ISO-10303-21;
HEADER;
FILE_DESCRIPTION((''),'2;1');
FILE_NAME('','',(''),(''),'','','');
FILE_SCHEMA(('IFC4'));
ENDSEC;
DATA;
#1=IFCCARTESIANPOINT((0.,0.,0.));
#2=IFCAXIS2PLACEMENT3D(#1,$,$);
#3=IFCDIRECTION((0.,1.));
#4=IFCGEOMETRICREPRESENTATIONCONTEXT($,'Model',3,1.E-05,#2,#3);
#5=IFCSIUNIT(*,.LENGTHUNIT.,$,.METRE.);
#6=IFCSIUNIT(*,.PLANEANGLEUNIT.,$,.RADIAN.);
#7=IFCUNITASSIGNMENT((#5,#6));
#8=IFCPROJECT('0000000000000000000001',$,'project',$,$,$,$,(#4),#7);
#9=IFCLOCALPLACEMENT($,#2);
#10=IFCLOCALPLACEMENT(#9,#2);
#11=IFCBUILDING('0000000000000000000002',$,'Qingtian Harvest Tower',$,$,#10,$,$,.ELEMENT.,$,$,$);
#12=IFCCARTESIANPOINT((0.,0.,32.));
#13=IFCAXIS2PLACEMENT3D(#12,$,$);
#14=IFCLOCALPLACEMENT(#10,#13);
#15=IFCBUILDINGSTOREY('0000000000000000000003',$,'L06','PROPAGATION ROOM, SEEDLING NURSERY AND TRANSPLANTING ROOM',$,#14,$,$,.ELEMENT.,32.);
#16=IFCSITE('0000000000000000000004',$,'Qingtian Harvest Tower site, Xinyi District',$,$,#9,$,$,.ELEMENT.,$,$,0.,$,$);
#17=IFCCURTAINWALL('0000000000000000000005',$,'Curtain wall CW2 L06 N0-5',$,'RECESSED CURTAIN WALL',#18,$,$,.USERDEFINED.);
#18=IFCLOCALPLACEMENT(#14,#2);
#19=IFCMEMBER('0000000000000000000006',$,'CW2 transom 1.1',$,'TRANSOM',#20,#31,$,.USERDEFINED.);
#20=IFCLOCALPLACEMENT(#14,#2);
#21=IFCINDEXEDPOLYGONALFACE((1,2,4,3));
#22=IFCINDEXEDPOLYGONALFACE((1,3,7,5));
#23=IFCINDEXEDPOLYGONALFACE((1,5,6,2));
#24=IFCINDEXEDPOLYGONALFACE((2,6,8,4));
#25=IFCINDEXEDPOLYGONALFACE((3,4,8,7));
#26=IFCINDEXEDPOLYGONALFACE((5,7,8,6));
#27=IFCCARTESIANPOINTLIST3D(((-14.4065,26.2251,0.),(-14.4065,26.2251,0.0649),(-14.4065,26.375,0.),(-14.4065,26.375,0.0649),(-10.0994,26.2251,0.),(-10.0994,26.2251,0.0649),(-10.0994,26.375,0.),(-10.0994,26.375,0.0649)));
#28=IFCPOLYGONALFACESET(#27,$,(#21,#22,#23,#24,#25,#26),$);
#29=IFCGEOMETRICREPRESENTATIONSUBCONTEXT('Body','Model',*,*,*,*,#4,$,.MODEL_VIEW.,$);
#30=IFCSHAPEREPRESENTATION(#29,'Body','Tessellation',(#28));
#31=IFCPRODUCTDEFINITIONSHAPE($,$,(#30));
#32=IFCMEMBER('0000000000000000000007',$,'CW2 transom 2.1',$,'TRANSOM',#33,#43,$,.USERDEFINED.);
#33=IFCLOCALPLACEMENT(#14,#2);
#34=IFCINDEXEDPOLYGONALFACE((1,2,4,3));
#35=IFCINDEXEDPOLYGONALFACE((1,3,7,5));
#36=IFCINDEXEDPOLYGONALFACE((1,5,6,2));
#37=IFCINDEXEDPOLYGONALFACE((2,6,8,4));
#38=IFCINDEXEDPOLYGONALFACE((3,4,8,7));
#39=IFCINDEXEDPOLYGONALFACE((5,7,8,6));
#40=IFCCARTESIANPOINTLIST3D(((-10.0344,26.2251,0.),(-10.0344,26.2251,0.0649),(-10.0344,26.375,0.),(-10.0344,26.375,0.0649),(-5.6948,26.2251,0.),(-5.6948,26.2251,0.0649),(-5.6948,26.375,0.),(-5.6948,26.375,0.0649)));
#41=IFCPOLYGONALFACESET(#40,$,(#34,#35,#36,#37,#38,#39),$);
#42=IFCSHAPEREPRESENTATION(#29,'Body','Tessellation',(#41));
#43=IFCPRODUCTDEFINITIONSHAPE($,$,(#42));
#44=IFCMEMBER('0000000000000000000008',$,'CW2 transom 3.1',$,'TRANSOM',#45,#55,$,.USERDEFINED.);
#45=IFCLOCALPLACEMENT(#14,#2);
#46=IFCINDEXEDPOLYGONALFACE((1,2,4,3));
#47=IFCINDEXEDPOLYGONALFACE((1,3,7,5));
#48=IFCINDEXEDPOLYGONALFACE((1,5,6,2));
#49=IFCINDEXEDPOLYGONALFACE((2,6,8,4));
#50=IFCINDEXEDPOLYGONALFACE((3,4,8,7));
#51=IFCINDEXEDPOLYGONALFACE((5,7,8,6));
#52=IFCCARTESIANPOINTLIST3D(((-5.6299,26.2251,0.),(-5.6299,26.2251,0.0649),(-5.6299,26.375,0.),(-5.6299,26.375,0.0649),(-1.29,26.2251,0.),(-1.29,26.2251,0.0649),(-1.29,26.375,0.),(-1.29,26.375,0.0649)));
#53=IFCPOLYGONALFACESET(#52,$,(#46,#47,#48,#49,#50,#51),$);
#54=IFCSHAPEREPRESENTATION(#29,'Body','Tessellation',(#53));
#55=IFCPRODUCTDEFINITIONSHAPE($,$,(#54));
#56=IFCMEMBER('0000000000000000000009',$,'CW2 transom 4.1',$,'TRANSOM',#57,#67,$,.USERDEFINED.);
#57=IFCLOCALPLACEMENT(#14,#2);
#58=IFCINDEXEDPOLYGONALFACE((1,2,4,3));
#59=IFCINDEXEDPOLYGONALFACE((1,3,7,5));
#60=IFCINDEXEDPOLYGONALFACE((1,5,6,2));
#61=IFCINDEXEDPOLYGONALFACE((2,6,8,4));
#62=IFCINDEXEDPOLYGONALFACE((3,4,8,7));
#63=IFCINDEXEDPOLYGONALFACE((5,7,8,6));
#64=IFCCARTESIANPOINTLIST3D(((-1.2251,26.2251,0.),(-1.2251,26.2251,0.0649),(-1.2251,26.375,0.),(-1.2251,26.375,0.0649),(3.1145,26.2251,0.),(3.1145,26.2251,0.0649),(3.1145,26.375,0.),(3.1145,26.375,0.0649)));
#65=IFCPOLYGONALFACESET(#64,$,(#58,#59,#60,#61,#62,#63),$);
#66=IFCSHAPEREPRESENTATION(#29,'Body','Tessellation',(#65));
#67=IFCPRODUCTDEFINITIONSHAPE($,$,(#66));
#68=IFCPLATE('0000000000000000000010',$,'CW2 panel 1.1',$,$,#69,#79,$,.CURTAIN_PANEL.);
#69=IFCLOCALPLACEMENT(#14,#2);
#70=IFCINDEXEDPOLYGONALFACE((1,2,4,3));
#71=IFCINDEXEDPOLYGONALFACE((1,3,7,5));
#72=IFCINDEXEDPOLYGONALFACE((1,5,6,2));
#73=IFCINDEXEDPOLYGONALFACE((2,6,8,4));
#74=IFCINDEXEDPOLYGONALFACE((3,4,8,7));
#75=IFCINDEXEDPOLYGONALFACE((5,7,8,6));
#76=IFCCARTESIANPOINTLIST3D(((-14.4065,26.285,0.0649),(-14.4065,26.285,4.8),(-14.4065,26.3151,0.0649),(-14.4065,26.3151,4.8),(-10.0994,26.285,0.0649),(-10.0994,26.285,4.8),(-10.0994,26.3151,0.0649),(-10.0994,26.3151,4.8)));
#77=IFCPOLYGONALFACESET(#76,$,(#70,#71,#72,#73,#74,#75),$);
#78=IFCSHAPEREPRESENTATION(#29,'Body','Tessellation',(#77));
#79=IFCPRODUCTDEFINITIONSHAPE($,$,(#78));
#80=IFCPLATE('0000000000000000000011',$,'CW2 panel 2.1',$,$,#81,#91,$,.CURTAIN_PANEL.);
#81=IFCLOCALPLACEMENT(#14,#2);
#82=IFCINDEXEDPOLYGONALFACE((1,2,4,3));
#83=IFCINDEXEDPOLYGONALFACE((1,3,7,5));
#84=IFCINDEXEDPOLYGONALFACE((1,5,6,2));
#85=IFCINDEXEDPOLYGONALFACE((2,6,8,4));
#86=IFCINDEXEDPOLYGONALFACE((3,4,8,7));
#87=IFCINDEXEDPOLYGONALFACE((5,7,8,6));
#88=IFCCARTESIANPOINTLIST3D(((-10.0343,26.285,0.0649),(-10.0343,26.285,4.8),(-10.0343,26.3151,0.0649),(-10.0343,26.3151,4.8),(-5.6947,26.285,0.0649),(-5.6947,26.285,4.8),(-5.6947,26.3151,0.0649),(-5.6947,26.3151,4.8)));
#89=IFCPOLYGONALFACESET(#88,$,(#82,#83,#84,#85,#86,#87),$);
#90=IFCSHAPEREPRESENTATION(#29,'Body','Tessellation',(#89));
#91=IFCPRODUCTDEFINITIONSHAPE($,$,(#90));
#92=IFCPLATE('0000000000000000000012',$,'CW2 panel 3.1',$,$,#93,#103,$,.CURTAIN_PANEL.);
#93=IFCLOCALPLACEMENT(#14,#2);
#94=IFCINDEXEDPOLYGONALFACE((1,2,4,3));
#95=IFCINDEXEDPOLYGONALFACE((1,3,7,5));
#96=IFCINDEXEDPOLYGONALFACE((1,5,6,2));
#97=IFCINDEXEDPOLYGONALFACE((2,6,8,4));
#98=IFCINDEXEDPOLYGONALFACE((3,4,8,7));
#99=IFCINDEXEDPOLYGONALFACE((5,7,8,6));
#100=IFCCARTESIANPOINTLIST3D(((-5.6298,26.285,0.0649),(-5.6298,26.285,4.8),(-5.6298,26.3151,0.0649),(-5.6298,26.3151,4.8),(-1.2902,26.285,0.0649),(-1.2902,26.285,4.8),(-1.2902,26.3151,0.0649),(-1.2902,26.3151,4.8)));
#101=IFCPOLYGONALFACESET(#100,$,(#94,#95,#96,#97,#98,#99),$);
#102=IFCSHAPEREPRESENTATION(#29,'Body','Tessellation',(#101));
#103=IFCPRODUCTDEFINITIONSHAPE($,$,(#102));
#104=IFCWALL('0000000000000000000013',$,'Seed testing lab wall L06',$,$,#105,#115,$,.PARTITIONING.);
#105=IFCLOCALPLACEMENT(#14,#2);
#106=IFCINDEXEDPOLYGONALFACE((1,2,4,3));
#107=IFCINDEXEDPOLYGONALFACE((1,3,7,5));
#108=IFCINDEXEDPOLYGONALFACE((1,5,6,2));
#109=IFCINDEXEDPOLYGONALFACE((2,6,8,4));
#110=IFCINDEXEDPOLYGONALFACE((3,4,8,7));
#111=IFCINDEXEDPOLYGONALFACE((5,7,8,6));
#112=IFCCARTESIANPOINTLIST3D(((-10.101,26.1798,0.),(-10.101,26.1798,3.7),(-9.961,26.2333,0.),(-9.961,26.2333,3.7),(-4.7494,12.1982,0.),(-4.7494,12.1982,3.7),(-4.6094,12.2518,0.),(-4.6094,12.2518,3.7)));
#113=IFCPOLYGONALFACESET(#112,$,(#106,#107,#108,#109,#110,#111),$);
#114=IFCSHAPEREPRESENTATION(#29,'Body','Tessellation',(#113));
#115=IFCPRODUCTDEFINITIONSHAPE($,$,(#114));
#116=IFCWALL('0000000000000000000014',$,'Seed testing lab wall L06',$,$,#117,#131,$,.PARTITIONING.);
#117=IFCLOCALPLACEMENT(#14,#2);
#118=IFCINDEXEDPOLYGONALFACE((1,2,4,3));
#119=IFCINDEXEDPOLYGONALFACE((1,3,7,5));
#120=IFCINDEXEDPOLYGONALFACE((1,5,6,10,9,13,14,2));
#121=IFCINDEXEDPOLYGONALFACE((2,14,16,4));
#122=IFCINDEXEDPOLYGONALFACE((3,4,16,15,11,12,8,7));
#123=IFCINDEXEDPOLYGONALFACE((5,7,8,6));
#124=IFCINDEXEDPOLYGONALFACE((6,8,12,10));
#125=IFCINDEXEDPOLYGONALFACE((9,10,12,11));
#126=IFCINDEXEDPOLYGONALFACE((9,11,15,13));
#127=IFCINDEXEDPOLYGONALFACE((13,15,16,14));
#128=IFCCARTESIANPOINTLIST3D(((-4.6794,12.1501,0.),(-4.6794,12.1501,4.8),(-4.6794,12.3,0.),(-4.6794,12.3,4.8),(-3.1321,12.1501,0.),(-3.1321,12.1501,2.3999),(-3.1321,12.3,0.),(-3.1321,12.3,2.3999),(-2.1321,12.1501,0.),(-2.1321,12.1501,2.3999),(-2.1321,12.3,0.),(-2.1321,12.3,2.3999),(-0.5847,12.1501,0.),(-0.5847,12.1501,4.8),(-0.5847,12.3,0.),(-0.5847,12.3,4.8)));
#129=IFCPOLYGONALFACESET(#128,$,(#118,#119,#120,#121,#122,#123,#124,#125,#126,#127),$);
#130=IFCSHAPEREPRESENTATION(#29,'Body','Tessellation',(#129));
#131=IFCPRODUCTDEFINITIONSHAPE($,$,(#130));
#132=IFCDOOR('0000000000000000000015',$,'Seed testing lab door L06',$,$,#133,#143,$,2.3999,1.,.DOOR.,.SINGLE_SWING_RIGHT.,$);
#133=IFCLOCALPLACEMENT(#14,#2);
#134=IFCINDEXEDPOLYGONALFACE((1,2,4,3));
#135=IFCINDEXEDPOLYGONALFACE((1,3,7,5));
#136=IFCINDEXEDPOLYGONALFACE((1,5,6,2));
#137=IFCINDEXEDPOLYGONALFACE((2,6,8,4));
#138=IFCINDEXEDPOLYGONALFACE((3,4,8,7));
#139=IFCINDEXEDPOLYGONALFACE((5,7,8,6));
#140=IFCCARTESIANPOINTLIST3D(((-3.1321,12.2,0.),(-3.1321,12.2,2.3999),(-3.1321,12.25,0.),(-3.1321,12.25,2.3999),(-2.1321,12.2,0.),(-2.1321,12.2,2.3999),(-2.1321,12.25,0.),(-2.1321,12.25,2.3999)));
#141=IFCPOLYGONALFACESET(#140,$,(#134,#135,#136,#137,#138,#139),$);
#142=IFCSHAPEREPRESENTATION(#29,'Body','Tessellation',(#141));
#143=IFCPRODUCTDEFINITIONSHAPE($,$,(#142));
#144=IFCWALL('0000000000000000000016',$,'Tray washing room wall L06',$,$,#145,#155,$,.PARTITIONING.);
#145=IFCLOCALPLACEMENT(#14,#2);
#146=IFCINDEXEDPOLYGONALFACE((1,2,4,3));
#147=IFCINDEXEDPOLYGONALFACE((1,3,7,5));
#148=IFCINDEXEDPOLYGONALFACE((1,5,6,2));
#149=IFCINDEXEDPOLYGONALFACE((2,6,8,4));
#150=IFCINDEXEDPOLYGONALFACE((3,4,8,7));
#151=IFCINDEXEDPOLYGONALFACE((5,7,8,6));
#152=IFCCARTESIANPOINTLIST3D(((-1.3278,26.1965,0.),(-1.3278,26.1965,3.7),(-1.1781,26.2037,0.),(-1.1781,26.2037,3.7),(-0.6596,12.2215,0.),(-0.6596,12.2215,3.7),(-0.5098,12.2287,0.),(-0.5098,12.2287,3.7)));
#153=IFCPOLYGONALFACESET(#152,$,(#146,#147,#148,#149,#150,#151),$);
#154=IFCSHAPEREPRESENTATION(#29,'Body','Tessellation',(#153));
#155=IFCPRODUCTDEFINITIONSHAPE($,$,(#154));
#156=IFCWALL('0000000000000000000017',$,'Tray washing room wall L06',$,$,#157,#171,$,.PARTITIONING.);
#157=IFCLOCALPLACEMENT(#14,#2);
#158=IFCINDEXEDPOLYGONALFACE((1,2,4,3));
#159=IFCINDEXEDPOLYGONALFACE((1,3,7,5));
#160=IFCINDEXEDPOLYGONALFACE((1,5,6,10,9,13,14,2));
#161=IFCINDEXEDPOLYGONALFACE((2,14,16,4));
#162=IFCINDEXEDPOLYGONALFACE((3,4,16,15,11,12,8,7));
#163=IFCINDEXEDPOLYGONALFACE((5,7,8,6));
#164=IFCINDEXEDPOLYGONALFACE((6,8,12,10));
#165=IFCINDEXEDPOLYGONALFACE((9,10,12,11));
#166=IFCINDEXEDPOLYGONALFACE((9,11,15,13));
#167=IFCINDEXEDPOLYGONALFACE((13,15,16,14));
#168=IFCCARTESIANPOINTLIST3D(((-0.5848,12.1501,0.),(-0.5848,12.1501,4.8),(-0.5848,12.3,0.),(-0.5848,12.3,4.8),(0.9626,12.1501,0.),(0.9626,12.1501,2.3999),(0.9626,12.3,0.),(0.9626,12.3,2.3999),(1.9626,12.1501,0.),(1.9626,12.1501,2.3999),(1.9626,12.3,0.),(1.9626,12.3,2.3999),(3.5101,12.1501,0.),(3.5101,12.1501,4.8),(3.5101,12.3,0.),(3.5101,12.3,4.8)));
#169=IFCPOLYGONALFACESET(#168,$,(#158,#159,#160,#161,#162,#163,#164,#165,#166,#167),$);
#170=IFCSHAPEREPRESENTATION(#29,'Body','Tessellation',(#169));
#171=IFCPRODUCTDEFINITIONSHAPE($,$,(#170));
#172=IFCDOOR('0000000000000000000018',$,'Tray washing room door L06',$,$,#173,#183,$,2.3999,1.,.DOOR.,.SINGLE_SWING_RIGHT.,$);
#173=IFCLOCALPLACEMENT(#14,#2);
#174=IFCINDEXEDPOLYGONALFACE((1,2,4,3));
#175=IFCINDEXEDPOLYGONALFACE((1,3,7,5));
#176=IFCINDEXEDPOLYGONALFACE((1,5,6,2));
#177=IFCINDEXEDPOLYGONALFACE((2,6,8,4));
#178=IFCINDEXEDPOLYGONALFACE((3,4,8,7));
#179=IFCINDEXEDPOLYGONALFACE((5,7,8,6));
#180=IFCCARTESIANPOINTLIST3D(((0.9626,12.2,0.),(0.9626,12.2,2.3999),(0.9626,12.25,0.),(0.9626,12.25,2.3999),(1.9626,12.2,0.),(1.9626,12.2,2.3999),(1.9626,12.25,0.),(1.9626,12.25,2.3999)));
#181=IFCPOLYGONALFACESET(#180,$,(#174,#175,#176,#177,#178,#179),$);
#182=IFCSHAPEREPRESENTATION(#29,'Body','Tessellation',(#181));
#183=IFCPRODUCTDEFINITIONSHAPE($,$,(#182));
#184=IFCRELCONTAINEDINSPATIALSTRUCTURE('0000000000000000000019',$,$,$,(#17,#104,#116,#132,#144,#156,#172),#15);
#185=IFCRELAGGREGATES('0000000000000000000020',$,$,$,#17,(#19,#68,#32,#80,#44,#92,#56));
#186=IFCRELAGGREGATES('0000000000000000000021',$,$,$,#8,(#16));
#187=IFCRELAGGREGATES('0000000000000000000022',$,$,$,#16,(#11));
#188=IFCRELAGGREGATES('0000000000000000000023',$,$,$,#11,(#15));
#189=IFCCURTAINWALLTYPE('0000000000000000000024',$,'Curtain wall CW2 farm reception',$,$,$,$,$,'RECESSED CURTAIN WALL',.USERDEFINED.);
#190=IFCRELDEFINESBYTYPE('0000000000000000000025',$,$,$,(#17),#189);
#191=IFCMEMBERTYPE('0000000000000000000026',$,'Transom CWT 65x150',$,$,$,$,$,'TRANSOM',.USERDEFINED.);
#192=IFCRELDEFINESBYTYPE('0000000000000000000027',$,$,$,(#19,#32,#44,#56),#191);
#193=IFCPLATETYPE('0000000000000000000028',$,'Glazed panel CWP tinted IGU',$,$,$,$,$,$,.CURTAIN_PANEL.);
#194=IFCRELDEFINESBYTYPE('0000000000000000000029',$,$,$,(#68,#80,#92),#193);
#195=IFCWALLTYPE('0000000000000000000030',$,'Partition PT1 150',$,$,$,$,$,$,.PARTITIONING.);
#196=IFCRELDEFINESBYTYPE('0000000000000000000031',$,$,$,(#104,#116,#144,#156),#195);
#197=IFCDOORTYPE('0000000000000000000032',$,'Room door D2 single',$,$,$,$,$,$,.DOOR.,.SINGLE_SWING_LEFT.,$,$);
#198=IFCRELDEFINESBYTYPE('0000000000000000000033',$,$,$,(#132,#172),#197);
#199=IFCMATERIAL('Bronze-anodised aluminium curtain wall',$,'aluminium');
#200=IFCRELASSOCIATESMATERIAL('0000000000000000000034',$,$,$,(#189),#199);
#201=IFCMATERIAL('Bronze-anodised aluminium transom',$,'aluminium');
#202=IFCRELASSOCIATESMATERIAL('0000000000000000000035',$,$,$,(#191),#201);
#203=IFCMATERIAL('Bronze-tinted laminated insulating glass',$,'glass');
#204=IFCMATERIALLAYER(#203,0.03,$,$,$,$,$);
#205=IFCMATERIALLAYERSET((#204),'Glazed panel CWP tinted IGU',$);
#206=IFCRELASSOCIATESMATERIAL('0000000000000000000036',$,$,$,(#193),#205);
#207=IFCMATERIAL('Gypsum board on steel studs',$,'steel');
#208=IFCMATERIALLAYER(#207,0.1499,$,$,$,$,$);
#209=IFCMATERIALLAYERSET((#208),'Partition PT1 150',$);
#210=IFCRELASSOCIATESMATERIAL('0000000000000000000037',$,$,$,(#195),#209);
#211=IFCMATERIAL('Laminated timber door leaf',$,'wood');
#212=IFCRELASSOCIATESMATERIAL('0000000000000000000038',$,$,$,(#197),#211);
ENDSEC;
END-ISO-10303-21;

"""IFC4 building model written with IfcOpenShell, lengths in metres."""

from ifc_helpers import new_model, si_unit, direction, frame, frame_2d, origin, origin_2d, place, context, subcontext, project, spatial, rectangle, extrude, material, layer, layer_set, material_profile, profile_set, type_object, element, fill, aggregate, save


model = new_model("IFC4")

# Units and contexts
model_context = context("Model", 3, precision=1e-05, world=origin(), true_north=direction((0.0, 1.0)))
body_context = subcontext(model_context, "Body", "Model", "MODEL_VIEW")
ifc_project = project(units=[si_unit("LENGTHUNIT", "METRE"), si_unit("PLANEANGLEUNIT", "RADIAN")], contexts=[model_context])

# Site, building, storey
site_placement = place(None, origin())
site = spatial("IfcSite", under=ifc_project, at=site_placement, Name="Qingtian Harvest Tower site, Xinyi District", CompositionType="ELEMENT", RefElevation=0.0)
building_placement = place(site_placement, origin())
building = spatial("IfcBuilding", under=site, at=building_placement, Name="Qingtian Harvest Tower", CompositionType="ELEMENT")
storey_placement = place(building_placement, frame((0.0, 0.0, 32.0)))
storey = spatial("IfcBuildingStorey", under=building, at=storey_placement, Name="L06", Description="PROPAGATION ROOM, SEEDLING NURSERY AND TRANSPLANTING ROOM", CompositionType="ELEMENT", Elevation=32.0)

# Curtain wall
ifc_material_1 = material(Name="Bronze-anodised aluminium curtain wall", Category="aluminium")
curtain_wall_type = type_object("IfcCurtainWallType", Name="Curtain wall CW2 farm reception", ElementType="RECESSED CURTAIN WALL", PredefinedType="USERDEFINED", material=ifc_material_1)
curtain_wall_placement = place(storey_placement, origin())
curtain_wall = element("IfcCurtainWall", 1, at=curtain_wall_placement, inside=storey, type_object=curtain_wall_type, Name="Curtain wall CW2 L06 N0-5", ObjectType="RECESSED CURTAIN WALL", PredefinedType="USERDEFINED")

# Members
ifc_material_2 = material(Name="Bronze-anodised aluminium transom", Category="aluminium")
ifc_material_profile_1 = material_profile(ifc_material_2, rectangle(XDim=0.1499, YDim=0.0649, at=origin_2d()), Name="AL 65x150")
ifc_profile_set_1 = profile_set([ifc_material_profile_1], Name="Bronze-anodised aluminium transom")
member_type_1 = type_object("IfcMemberType", Name="Transom CWT 65x150", ElementType="TRANSOM", PredefinedType="USERDEFINED", material=ifc_profile_set_1)
member_1_placement = place(storey_placement, frame((-14.4065, 26.3, 0.0325), z_axis=(1.0, 0.0, 0.0), x_axis=(0.0, 1.0, 0.0)))
member_1 = element("IfcMember", 2, at=member_1_placement, type_object=member_type_1, Name="CW2 transom 1.1", ObjectType="TRANSOM", PredefinedType="USERDEFINED", context=body_context, shape_type="SweptSolid", body=[
    extrude(rectangle(XDim=0.1499, YDim=0.0649, at=origin_2d()), origin(), (0.0, 0.0, 1.0), 4.3071),
])
member_2_placement = place(storey_placement, frame((-10.0344, 26.3, 0.0325), z_axis=(1.0, 0.0, 0.0), x_axis=(0.0, 1.0, 0.0)))
member_2 = element("IfcMember", 3, at=member_2_placement, type_object=member_type_1, Name="CW2 transom 2.1", ObjectType="TRANSOM", PredefinedType="USERDEFINED", context=body_context, shape_type="SweptSolid", body=[
    extrude(rectangle(XDim=0.1499, YDim=0.0649, at=origin_2d()), origin(), (0.0, 0.0, 1.0), 4.3396),
])
member_3_placement = place(storey_placement, frame((-5.6299, 26.3, 0.0325), z_axis=(1.0, 0.0, 0.0), x_axis=(0.0, 1.0, 0.0)))
member_3 = element("IfcMember", 4, at=member_3_placement, type_object=member_type_1, Name="CW2 transom 3.1", ObjectType="TRANSOM", PredefinedType="USERDEFINED", context=body_context, shape_type="SweptSolid", body=[
    extrude(rectangle(XDim=0.1499, YDim=0.0649, at=origin_2d()), origin(), (0.0, 0.0, 1.0), 4.3398),
])
member_4_placement = place(storey_placement, frame((-1.2251, 26.3, 0.0325), z_axis=(1.0, 0.0, 0.0), x_axis=(0.0, 1.0, 0.0)))
member_4 = element("IfcMember", 5, at=member_4_placement, type_object=member_type_1, Name="CW2 transom 4.1", ObjectType="TRANSOM", PredefinedType="USERDEFINED", context=body_context, shape_type="SweptSolid", body=[
    extrude(rectangle(XDim=0.1499, YDim=0.0649, at=origin_2d()), origin(), (0.0, 0.0, 1.0), 4.3396),
])

# Plates
ifc_material_3 = material(Name="Bronze-tinted laminated insulating glass", Category="glass")
ifc_layer_1 = layer(ifc_material_3, 0.03)
ifc_layer_set_1 = layer_set([ifc_layer_1], Name="Glazed panel CWP tinted IGU")
plate_type = type_object("IfcPlateType", Name="Glazed panel CWP tinted IGU", PredefinedType="CURTAIN_PANEL", material=ifc_layer_set_1)
plate_1_placement = place(storey_placement, frame((-12.2529, 26.3, 0.0649), z_axis=(0.0, 0.0, 1.0), x_axis=(1.0, 0.0, 0.0)))
plate_1 = element("IfcPlate", 6, at=plate_1_placement, type_object=plate_type, Name="CW2 panel 1.1", PredefinedType="CURTAIN_PANEL", context=body_context, shape_type="SweptSolid", body=[
    extrude(rectangle(XDim=4.3071, YDim=0.03, at=origin_2d()), origin(), (0.0, 0.0, 1.0), 4.7351),
])
plate_2_placement = place(storey_placement, frame((-7.8645, 26.3, 0.0649), z_axis=(0.0, 0.0, 1.0), x_axis=(1.0, 0.0, 0.0)))
plate_2 = element("IfcPlate", 7, at=plate_2_placement, type_object=plate_type, Name="CW2 panel 2.1", PredefinedType="CURTAIN_PANEL", context=body_context, shape_type="SweptSolid", body=[
    extrude(rectangle(XDim=4.3396, YDim=0.03, at=origin_2d()), origin(), (0.0, 0.0, 1.0), 4.7351),
])
plate_3_placement = place(storey_placement, frame((-3.46, 26.3, 0.0649), z_axis=(0.0, 0.0, 1.0), x_axis=(1.0, 0.0, 0.0)))
plate_3 = element("IfcPlate", 8, at=plate_3_placement, type_object=plate_type, Name="CW2 panel 3.1", PredefinedType="CURTAIN_PANEL", context=body_context, shape_type="SweptSolid", body=[
    extrude(rectangle(XDim=4.3396, YDim=0.03, at=origin_2d()), origin(), (0.0, 0.0, 1.0), 4.7351),
])
aggregate(curtain_wall, [member_1, plate_1, member_2, plate_2, member_3, plate_3, member_4])

# Wall
ifc_material_4 = material(Name="Gypsum board on steel studs", Category="steel")
ifc_layer_2 = layer(ifc_material_4, 0.1499)
ifc_layer_set_2 = layer_set([ifc_layer_2], Name="Partition PT1 150")
wall_type = type_object("IfcWallType", Name="Partition PT1 150", PredefinedType="PARTITIONING", material=ifc_layer_set_2)
wall_1_placement = place(storey_placement, frame((-10.031, 26.2065, 0.0), z_axis=(0.0, 0.0, 1.0), x_axis=(0.357471, -0.933924, 0.0)))
element("IfcWall", 9, at=wall_1_placement, inside=storey, type_object=wall_type, Name="Seed testing lab wall L06", PredefinedType="PARTITIONING", context=body_context, shape_type="SweptSolid", body=[
    extrude(rectangle(XDim=14.9707, YDim=0.1499, at=frame_2d((7.4854, 0.0))), origin(), (0.0, 0.0, 1.0), 3.7),
])

# Wall, opening, door
wall_2_placement = place(storey_placement, frame((-4.6794, 12.2251, 0.0), z_axis=(0.0, 0.0, 1.0), x_axis=(1.0, 0.0, 0.0)))
wall_2 = element("IfcWall", 10, at=wall_2_placement, inside=storey, type_object=wall_type, Name="Seed testing lab wall L06", PredefinedType="PARTITIONING", context=body_context, shape_type="SweptSolid", body=[
    extrude(rectangle(XDim=4.0947, YDim=0.1499, at=frame_2d((2.0474, 0.0))), origin(), (0.0, 0.0, 1.0), 4.8),
])
opening_1_placement = place(wall_2_placement, frame((1.5474, 0.0, 0.0)))
opening_1 = element("IfcOpeningElement", 11, at=opening_1_placement, cuts=wall_2, PredefinedType="OPENING", context=body_context, shape_type="SweptSolid", body=[
    extrude(rectangle(XDim=1.0, YDim=2.3999, at=frame_2d((0.5, 1.2))), frame((0.0, 0.085, 0.0), z_axis=(0.0, -1.0, 0.0), x_axis=(1.0, 0.0, 0.0)), (0.0, 0.0, 1.0), 0.1699),
])
ifc_material_5 = material(Name="Laminated timber door leaf", Category="wood")
door_type = type_object("IfcDoorType", Name="Room door D2 single", OperationType="SINGLE_SWING_LEFT", PredefinedType="DOOR", material=ifc_material_5)
door_1_placement = place(opening_1_placement, origin())
door_1 = element("IfcDoor", 12, at=door_1_placement, inside=storey, type_object=door_type, Name="Seed testing lab door L06", OperationType="SINGLE_SWING_RIGHT", OverallHeight=2.3999, OverallWidth=1.0, PredefinedType="DOOR", context=body_context, shape_type="SweptSolid", body=[
    extrude(rectangle(XDim=1.0, YDim=2.3999, at=frame_2d((0.5, 1.2))), frame((0.0, 0.0249, 0.0), z_axis=(0.0, -1.0, 0.0), x_axis=(1.0, 0.0, 0.0)), (0.0, 0.0, 1.0), 0.05),
])
fill(opening_1, door_1)

# Wall
wall_3_placement = place(storey_placement, frame((-1.2529, 26.2002, 0.0), z_axis=(0.0, 0.0, 1.0), x_axis=(0.04776, -0.998859, 0.0)))
element("IfcWall", 13, at=wall_3_placement, inside=storey, type_object=wall_type, Name="Tray washing room wall L06", PredefinedType="PARTITIONING", context=body_context, shape_type="SweptSolid", body=[
    extrude(rectangle(XDim=13.991, YDim=0.1499, at=frame_2d((6.9956, 0.0))), origin(), (0.0, 0.0, 1.0), 3.7),
])

# Wall, opening, door
wall_4_placement = place(storey_placement, frame((-0.5847, 12.2251, 0.0), z_axis=(0.0, 0.0, 1.0), x_axis=(1.0, 0.0, 0.0)))
wall_4 = element("IfcWall", 14, at=wall_4_placement, inside=storey, type_object=wall_type, Name="Tray washing room wall L06", PredefinedType="PARTITIONING", context=body_context, shape_type="SweptSolid", body=[
    extrude(rectangle(XDim=4.095, YDim=0.1499, at=frame_2d((2.0474, 0.0))), origin(), (0.0, 0.0, 1.0), 4.8),
])
opening_2_placement = place(wall_4_placement, frame((1.5474, 0.0, 0.0)))
opening_2 = element("IfcOpeningElement", 15, at=opening_2_placement, cuts=wall_4, PredefinedType="OPENING", context=body_context, shape_type="SweptSolid", body=[
    extrude(rectangle(XDim=1.0, YDim=2.3999, at=frame_2d((0.5, 1.2))), frame((0.0, 0.085, 0.0), z_axis=(0.0, -1.0, 0.0), x_axis=(1.0, 0.0, 0.0)), (0.0, 0.0, 1.0), 0.1699),
])
door_2_placement = place(opening_2_placement, origin())
door_2 = element("IfcDoor", 16, at=door_2_placement, inside=storey, type_object=door_type, Name="Tray washing room door L06", OperationType="SINGLE_SWING_RIGHT", OverallHeight=2.3999, OverallWidth=1.0, PredefinedType="DOOR", context=body_context, shape_type="SweptSolid", body=[
    extrude(rectangle(XDim=1.0, YDim=2.3999, at=frame_2d((0.5, 1.2))), frame((0.0, 0.0249, 0.0), z_axis=(0.0, -1.0, 0.0), x_axis=(1.0, 0.0, 0.0)), (0.0, 0.0, 1.0), 0.05),
])
fill(opening_2, door_2)

save(model, "model.ifc")
